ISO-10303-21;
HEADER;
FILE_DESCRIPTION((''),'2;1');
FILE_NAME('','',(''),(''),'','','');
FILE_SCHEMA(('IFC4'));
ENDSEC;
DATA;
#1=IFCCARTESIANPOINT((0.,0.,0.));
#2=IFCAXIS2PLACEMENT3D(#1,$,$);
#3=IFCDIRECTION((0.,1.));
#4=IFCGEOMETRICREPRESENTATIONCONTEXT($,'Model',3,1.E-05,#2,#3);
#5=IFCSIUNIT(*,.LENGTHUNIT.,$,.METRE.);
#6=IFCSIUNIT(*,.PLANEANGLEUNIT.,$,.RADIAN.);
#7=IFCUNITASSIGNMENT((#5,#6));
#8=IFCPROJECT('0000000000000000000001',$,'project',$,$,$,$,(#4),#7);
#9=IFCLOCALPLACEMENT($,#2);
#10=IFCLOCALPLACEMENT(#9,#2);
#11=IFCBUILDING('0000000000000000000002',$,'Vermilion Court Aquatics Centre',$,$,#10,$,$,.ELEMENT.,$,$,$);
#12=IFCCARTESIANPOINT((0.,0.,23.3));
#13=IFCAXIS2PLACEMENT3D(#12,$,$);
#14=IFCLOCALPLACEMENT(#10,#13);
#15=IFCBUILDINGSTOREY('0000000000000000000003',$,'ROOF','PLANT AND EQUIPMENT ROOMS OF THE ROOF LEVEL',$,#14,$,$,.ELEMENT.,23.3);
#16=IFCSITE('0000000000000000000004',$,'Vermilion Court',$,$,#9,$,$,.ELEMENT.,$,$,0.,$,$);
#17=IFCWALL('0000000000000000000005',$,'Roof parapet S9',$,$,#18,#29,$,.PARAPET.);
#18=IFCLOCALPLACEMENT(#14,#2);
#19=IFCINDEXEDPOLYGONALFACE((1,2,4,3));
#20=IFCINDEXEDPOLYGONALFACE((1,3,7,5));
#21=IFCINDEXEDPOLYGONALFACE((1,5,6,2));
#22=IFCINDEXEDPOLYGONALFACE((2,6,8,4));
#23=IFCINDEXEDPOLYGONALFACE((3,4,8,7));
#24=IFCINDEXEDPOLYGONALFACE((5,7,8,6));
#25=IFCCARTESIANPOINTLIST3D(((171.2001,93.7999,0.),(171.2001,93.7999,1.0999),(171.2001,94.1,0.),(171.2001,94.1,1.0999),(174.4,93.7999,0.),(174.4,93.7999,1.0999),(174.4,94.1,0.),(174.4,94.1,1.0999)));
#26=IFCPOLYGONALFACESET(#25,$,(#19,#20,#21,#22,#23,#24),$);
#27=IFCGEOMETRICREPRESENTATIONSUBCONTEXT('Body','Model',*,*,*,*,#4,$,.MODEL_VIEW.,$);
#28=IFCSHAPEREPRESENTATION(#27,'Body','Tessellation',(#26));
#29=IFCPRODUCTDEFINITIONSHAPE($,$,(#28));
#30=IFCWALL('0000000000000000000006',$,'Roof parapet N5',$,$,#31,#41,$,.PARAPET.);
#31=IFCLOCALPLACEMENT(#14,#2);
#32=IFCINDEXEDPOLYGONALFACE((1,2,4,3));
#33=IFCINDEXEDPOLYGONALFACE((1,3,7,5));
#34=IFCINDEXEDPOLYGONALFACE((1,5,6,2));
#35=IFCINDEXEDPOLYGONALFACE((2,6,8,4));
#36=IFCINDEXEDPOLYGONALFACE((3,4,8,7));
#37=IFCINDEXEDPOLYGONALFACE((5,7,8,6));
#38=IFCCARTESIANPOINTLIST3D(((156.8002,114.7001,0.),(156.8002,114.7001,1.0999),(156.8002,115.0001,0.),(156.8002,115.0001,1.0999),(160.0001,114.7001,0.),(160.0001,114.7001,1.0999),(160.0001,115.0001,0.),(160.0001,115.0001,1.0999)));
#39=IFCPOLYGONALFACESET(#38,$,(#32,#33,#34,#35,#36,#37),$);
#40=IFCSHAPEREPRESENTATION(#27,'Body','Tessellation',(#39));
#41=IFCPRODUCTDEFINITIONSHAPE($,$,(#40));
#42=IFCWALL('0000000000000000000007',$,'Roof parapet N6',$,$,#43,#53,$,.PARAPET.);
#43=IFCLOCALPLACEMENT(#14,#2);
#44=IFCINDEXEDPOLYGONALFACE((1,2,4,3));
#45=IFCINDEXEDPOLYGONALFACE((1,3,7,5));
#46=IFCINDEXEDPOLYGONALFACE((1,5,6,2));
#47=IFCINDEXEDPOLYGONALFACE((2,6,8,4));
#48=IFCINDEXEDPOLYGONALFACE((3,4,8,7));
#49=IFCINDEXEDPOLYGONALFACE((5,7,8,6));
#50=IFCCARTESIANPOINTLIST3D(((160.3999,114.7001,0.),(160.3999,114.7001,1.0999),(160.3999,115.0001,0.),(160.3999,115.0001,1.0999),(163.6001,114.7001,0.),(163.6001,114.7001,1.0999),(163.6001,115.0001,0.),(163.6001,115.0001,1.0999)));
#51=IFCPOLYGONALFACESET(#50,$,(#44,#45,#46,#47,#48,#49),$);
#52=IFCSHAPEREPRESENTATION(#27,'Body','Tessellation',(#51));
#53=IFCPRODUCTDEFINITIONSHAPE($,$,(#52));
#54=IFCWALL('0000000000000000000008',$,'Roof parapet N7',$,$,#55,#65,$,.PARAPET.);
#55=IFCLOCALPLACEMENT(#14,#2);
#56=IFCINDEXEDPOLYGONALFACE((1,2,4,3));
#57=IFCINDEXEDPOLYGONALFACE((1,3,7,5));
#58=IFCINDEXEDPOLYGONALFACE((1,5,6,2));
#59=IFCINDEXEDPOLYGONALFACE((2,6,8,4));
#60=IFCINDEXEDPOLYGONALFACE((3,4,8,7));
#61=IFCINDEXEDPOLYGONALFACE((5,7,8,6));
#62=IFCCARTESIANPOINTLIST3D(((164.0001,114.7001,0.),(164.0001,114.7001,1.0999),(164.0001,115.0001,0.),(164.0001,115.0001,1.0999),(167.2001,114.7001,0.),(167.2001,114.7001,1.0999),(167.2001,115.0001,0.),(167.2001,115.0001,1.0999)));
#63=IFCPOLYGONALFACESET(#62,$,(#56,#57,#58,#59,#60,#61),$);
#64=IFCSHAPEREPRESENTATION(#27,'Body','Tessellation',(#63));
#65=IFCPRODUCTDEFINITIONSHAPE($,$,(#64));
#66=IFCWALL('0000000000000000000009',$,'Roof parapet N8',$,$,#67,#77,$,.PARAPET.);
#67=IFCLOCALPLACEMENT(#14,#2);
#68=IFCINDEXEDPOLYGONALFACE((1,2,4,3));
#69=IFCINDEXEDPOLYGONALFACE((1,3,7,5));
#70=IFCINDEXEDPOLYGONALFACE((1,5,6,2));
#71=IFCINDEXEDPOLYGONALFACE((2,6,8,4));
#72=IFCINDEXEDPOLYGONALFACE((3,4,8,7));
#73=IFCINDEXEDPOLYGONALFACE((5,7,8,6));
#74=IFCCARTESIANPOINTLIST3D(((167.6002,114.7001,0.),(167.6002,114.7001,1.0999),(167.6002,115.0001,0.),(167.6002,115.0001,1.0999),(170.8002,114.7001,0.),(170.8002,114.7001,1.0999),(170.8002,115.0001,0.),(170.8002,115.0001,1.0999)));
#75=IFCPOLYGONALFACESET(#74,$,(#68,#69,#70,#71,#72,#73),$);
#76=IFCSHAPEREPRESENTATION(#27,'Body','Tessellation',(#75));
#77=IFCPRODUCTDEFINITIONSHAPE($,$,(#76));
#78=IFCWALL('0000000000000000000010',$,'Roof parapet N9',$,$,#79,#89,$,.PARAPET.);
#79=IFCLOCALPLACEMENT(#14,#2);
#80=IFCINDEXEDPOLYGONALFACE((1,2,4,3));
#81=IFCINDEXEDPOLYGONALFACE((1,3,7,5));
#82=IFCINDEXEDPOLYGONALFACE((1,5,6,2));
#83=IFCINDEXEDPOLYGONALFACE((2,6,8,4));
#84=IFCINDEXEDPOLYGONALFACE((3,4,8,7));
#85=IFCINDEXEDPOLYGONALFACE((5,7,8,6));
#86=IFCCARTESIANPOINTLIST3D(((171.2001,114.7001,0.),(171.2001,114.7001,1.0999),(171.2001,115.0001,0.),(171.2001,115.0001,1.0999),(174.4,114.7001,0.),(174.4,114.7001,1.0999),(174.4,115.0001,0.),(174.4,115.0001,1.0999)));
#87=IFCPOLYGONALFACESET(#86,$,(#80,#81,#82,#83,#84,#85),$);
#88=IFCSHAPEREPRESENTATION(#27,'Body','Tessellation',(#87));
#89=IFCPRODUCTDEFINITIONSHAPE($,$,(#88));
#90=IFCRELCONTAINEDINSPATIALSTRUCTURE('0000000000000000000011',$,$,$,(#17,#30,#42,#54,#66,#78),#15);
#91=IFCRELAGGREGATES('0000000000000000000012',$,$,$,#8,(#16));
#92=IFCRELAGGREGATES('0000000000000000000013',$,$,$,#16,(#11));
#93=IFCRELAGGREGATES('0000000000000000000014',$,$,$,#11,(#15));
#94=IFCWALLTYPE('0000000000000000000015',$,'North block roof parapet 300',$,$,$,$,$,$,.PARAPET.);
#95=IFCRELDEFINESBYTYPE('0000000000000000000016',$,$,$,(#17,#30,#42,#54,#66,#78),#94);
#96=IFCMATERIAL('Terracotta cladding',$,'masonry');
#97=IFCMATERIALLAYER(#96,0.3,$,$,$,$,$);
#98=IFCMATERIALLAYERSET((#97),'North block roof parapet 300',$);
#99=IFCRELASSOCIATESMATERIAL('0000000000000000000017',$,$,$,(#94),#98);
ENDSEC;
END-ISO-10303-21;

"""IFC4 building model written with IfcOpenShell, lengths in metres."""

from ifc_helpers import new_model, si_unit, direction, frame, frame_2d, origin, place, context, subcontext, project, spatial, rectangle, extrude, material, layer, layer_set, type_object, element, save


model = new_model("IFC4")

# Units and contexts
model_context = context("Model", 3, precision=1e-05, world=origin(), true_north=direction((0.0, 1.0)))
body_context = subcontext(model_context, "Body", "Model", "MODEL_VIEW")
ifc_project = project(units=[si_unit("LENGTHUNIT", "METRE"), si_unit("PLANEANGLEUNIT", "RADIAN")], contexts=[model_context])

# Site, building, storey
site_placement = place(None, origin())
site = spatial("IfcSite", under=ifc_project, at=site_placement, Name="Vermilion Court", CompositionType="ELEMENT", RefElevation=0.0)
building_placement = place(site_placement, origin())
building = spatial("IfcBuilding", under=site, at=building_placement, Name="Vermilion Court Aquatics Centre", CompositionType="ELEMENT")
storey_placement = place(building_placement, frame((0.0, 0.0, 23.3)))
storey = spatial("IfcBuildingStorey", under=building, at=storey_placement, Name="ROOF", Description="PLANT AND EQUIPMENT ROOMS OF THE ROOF LEVEL", CompositionType="ELEMENT", Elevation=23.3)

# Walls
ifc_material_1 = material(Name="Terracotta cladding", Category="masonry")
ifc_layer_1 = layer(ifc_material_1, 0.3)
ifc_layer_set_1 = layer_set([ifc_layer_1], Name="North block roof parapet 300")
wall_type_1 = type_object("IfcWallType", Name="North block roof parapet 300", PredefinedType="PARAPET", material=ifc_layer_set_1)
for number, where, z_axis, x_axis, name in (
    (1, (171.2, 93.95, 0.0), (0.0, 0.0, 1.0), (1.0, 0.0, 0.0), "Roof parapet S9"),
    (2, (156.8, 114.8501, 0.0), (0.0, 0.0, 1.0), (1.0, 0.0, 0.0), "Roof parapet N5"),
):
    element("IfcWall", number, at=place(storey_placement, frame(where, z_axis=z_axis, x_axis=x_axis)), inside=storey, type_object=wall_type_1, Name=name, PredefinedType="PARAPET", context=body_context, shape_type="SweptSolid", body=[
        extrude(rectangle(XDim=3.2, YDim=0.3, at=frame_2d((1.6001, 0.0))), origin(), (0.0, 0.0, 1.0), 1.0999),
    ])
wall_1_placement = place(storey_placement, frame((160.3999, 114.8501, 0.0), z_axis=(0.0, 0.0, 1.0), x_axis=(1.0, 0.0, 0.0)))
element("IfcWall", 3, at=wall_1_placement, inside=storey, type_object=wall_type_1, Name="Roof parapet N6", PredefinedType="PARAPET", context=body_context, shape_type="SweptSolid", body=[
    extrude(rectangle(XDim=3.2002, YDim=0.3, at=frame_2d((1.6001, 0.0))), origin(), (0.0, 0.0, 1.0), 1.0999),
])
for number, where, z_axis, x_axis, name in (
    (4, (164.0, 114.8501, 0.0), (0.0, 0.0, 1.0), (1.0, 0.0, 0.0), "Roof parapet N7"),
    (5, (167.6001, 114.8501, 0.0), (0.0, 0.0, 1.0), (1.0, 0.0, 0.0), "Roof parapet N8"),
    (6, (171.2, 114.8501, 0.0), (0.0, 0.0, 1.0), (1.0, 0.0, 0.0), "Roof parapet N9"),
):
    element("IfcWall", number, at=place(storey_placement, frame(where, z_axis=z_axis, x_axis=x_axis)), inside=storey, type_object=wall_type_1, Name=name, PredefinedType="PARAPET", context=body_context, shape_type="SweptSolid", body=[
        extrude(rectangle(XDim=3.2, YDim=0.3, at=frame_2d((1.6001, 0.0))), origin(), (0.0, 0.0, 1.0), 1.0999),
    ])

save(model, "model.ifc")
